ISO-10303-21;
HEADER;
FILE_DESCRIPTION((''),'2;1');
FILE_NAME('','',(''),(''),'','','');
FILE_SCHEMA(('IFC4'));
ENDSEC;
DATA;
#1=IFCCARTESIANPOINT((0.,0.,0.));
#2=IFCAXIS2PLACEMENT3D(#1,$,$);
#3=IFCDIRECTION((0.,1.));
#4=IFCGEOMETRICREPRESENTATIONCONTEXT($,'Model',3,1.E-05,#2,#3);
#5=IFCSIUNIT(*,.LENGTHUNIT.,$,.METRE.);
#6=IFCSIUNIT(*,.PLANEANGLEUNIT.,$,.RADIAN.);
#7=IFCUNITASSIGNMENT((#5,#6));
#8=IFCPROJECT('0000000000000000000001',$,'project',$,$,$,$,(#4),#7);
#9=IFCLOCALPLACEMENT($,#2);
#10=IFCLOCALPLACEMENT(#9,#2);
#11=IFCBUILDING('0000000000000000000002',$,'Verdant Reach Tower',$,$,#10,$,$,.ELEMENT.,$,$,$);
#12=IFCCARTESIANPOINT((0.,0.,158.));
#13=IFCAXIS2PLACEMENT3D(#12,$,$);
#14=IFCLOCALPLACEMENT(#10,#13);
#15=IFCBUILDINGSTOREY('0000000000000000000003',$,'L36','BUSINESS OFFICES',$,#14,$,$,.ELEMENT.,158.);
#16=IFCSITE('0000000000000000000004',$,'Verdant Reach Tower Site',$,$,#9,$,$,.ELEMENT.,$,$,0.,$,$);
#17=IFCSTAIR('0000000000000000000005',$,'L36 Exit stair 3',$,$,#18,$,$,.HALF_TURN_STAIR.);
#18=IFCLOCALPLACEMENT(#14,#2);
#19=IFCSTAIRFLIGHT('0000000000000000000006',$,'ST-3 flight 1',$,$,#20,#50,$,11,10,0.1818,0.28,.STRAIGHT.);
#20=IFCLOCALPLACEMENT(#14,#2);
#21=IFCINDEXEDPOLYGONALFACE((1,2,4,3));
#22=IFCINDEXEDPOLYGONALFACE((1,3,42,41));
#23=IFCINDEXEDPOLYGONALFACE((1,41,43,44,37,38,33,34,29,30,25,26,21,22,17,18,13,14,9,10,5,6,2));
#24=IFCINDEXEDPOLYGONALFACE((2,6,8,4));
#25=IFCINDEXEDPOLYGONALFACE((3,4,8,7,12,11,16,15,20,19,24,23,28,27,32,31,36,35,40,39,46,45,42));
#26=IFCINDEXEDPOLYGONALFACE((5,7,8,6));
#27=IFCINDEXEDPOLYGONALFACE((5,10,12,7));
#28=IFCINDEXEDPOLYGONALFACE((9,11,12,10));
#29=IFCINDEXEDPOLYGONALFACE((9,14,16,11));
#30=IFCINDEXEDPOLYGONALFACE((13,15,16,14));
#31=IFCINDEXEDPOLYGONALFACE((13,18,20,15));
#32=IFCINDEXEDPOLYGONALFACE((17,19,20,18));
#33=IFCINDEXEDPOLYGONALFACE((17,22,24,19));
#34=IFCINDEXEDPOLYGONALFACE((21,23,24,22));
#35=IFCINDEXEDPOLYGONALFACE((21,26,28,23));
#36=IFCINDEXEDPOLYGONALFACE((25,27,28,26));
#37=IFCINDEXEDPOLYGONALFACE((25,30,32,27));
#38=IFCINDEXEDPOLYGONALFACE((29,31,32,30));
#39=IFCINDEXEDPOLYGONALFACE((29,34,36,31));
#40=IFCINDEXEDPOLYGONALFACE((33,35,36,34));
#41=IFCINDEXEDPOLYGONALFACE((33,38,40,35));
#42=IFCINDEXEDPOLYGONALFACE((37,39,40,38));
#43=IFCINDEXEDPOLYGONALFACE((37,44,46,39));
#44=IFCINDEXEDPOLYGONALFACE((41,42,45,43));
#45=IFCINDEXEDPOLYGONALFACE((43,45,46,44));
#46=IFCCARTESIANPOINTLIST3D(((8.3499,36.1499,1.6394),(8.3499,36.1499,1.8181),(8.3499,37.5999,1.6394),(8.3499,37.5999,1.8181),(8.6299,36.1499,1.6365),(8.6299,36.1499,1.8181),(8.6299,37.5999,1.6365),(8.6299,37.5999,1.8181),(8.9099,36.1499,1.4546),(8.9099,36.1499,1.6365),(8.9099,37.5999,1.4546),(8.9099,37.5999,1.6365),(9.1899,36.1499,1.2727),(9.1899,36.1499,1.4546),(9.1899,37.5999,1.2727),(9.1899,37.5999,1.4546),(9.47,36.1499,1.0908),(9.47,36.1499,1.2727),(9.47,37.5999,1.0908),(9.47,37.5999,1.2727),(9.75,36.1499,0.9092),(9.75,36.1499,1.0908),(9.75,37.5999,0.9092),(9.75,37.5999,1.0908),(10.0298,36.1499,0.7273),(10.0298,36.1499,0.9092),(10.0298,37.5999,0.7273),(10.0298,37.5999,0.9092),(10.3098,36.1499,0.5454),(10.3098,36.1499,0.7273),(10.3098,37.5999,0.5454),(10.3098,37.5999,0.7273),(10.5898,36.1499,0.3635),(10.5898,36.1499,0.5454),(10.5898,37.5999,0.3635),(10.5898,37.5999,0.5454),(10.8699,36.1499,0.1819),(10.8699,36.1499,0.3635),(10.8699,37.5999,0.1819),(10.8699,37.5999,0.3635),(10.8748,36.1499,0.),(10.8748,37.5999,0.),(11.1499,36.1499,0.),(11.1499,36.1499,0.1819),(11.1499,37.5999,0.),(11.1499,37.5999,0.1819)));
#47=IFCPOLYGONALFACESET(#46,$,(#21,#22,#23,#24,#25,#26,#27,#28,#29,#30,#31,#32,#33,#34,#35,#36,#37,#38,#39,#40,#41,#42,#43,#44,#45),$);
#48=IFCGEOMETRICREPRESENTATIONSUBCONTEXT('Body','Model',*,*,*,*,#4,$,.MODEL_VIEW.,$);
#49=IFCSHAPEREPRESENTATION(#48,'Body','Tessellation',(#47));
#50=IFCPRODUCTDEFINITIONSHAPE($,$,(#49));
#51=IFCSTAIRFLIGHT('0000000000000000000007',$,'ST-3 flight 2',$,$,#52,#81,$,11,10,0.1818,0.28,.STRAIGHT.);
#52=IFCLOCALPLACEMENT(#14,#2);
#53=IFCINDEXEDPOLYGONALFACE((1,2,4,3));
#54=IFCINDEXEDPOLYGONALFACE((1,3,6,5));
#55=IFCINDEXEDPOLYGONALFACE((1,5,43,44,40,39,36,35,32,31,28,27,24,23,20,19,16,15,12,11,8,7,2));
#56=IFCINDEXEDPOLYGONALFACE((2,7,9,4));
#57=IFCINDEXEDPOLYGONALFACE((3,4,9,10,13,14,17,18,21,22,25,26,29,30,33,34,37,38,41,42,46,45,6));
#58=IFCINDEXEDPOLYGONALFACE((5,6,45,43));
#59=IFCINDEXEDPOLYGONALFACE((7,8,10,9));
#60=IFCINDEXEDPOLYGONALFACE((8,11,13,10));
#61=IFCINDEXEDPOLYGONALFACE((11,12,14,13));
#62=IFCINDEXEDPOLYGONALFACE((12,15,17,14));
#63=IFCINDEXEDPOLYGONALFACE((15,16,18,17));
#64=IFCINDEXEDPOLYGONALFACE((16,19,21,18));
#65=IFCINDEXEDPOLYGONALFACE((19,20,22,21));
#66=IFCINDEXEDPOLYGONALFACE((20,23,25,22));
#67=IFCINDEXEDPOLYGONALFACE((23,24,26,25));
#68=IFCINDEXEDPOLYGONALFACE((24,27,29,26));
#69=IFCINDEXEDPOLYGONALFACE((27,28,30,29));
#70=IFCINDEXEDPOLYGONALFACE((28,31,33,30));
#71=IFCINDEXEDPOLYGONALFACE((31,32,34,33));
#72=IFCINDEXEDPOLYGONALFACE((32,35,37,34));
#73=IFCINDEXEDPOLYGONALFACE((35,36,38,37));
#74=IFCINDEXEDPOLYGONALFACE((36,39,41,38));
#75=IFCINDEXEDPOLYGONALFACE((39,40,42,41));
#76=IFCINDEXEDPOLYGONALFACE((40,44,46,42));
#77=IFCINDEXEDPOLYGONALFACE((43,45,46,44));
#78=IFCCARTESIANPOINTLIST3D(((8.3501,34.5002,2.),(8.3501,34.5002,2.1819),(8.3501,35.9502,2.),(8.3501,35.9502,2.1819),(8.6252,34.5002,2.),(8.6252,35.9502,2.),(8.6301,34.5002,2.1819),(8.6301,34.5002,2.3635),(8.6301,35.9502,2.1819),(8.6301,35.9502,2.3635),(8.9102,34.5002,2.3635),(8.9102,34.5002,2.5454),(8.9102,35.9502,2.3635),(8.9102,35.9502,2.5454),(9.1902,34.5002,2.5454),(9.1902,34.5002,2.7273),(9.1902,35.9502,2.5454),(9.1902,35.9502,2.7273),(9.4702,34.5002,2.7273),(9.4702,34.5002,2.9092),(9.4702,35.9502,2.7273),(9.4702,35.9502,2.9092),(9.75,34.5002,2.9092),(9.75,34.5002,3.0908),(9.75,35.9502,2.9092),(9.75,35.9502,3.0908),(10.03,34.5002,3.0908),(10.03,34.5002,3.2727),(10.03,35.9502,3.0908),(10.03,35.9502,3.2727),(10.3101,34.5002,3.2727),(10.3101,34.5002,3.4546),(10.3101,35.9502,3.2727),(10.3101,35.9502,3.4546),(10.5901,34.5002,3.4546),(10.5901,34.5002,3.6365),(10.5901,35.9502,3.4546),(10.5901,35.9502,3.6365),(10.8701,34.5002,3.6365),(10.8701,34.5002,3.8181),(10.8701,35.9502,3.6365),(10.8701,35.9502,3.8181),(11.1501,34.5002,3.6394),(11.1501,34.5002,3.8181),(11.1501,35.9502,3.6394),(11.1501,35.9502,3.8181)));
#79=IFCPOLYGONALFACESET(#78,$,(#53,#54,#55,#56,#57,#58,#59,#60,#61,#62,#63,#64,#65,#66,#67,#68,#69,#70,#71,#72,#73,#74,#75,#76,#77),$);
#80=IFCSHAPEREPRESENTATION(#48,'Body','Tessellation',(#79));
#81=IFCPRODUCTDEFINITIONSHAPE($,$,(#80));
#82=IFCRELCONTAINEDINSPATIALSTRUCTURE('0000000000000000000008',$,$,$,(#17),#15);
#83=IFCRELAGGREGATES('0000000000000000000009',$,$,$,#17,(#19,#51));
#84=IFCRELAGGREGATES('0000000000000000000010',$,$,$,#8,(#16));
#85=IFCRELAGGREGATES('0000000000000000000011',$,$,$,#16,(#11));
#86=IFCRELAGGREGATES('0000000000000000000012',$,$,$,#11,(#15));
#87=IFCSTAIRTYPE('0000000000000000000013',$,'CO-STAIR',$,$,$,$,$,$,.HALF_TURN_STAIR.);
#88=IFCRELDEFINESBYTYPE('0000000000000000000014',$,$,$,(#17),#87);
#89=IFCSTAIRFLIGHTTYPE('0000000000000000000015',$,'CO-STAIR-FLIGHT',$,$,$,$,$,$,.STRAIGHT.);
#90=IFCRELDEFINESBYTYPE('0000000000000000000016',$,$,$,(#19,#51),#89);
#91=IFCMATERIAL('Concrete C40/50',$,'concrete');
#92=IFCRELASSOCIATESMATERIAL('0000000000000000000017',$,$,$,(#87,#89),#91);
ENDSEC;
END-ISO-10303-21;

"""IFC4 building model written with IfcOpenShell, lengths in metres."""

from ifc_helpers import new_model, si_unit, direction, frame, origin, place, context, subcontext, project, spatial, polyline, outline, extrude, material, type_object, element, aggregate, save


model = new_model("IFC4")

# Units and contexts
model_context = context("Model", 3, precision=1e-05, world=origin(), true_north=direction((0.0, 1.0)))
body_context = subcontext(model_context, "Body", "Model", "MODEL_VIEW")
ifc_project = project(units=[si_unit("LENGTHUNIT", "METRE"), si_unit("PLANEANGLEUNIT", "RADIAN")], contexts=[model_context])

# Site, building, storey
site_placement = place(None, origin())
site = spatial("IfcSite", under=ifc_project, at=site_placement, Name="Verdant Reach Tower Site", CompositionType="ELEMENT", RefElevation=0.0)
building_placement = place(site_placement, origin())
building = spatial("IfcBuilding", under=site, at=building_placement, Name="Verdant Reach Tower", CompositionType="ELEMENT")
storey_placement = place(building_placement, frame((0.0, 0.0, 158.0)))
storey = spatial("IfcBuildingStorey", under=building, at=storey_placement, Name="L36", Description="BUSINESS OFFICES", CompositionType="ELEMENT", Elevation=158.0)

# Shared definitions
ifc_material_1 = material(Name="Concrete C40/50", Category="concrete")

# Stair, stair flights
stair_type = type_object("IfcStairType", Name="CO-STAIR", PredefinedType="HALF_TURN_STAIR", material=ifc_material_1)
stair_placement = place(storey_placement, origin())
stair = element("IfcStair", 1, at=stair_placement, inside=storey, type_object=stair_type, Name="L36 Exit stair 3", PredefinedType="HALF_TURN_STAIR")
stair_flight_type = type_object("IfcStairFlightType", Name="CO-STAIR-FLIGHT", PredefinedType="STRAIGHT", material=ifc_material_1)
stair_flight_1_placement = place(storey_placement, frame((11.1499, 36.875, 0.0), z_axis=(0.0, 0.0, 1.0), x_axis=(-1.0, 0.0, 0.0)))
stair_flight_1 = element("IfcStairFlight", 2, at=stair_flight_1_placement, type_object=stair_flight_type, Name="ST-3 flight 1", NumberOfRisers=11, NumberOfTreads=10, PredefinedType="STRAIGHT", RiserHeight=0.1818, TreadLength=0.28, context=body_context, shape_type="SweptSolid", body=[
    extrude(outline(polyline([(0.0, 0.0), (0.0, 0.1819), (0.28, 0.1819), (0.28, 0.3635), (0.5601, 0.3635), (0.5601, 0.5454), (0.8401, 0.5454), (0.8401, 0.7273), (1.1201, 0.7273), (1.1201, 0.9092), (1.3999, 0.9092), (1.3999, 1.0908), (1.6799, 1.0908), (1.6799, 1.2727), (1.96, 1.2727), (1.96, 1.4546), (2.24, 1.4546), (2.24, 1.6365), (2.52, 1.6365), (2.52, 1.8181), (2.8, 1.8181), (2.8, 2.0), (2.8, 1.6394), (0.2751, 0.0), (0.0, 0.0)])), frame((0.0, 0.7251, 0.0), z_axis=(0.0, -1.0, 0.0), x_axis=(1.0, 0.0, 0.0)), (0.0, 0.0, 1.0), 1.45),
])
stair_flight_2_placement = place(storey_placement, frame((8.3501, 35.2251, 2.0), z_axis=(0.0, 0.0, 1.0), x_axis=(1.0, 0.0, 0.0)))
stair_flight_2 = element("IfcStairFlight", 3, at=stair_flight_2_placement, type_object=stair_flight_type, Name="ST-3 flight 2", NumberOfRisers=11, NumberOfTreads=10, PredefinedType="STRAIGHT", RiserHeight=0.1818, TreadLength=0.28, context=body_context, shape_type="SweptSolid", body=[
    extrude(outline(polyline([(0.0, 0.0), (0.0, 0.1819), (0.28, 0.1819), (0.28, 0.3635), (0.5601, 0.3635), (0.5601, 0.5454), (0.8401, 0.5454), (0.8401, 0.7273), (1.1201, 0.7273), (1.1201, 0.9092), (1.3999, 0.9092), (1.3999, 1.0908), (1.6799, 1.0908), (1.6799, 1.2727), (1.96, 1.2727), (1.96, 1.4546), (2.24, 1.4546), (2.24, 1.6365), (2.52, 1.6365), (2.52, 1.8181), (2.8, 1.8181), (2.8, 2.0), (2.8, 1.6394), (0.2751, 0.0), (0.0, 0.0)])), frame((0.0, 0.7251, 0.0), z_axis=(0.0, -1.0, 0.0), x_axis=(1.0, 0.0, 0.0)), (0.0, 0.0, 1.0), 1.45),
])
aggregate(stair, [stair_flight_1, stair_flight_2])

save(model, "model.ifc")
